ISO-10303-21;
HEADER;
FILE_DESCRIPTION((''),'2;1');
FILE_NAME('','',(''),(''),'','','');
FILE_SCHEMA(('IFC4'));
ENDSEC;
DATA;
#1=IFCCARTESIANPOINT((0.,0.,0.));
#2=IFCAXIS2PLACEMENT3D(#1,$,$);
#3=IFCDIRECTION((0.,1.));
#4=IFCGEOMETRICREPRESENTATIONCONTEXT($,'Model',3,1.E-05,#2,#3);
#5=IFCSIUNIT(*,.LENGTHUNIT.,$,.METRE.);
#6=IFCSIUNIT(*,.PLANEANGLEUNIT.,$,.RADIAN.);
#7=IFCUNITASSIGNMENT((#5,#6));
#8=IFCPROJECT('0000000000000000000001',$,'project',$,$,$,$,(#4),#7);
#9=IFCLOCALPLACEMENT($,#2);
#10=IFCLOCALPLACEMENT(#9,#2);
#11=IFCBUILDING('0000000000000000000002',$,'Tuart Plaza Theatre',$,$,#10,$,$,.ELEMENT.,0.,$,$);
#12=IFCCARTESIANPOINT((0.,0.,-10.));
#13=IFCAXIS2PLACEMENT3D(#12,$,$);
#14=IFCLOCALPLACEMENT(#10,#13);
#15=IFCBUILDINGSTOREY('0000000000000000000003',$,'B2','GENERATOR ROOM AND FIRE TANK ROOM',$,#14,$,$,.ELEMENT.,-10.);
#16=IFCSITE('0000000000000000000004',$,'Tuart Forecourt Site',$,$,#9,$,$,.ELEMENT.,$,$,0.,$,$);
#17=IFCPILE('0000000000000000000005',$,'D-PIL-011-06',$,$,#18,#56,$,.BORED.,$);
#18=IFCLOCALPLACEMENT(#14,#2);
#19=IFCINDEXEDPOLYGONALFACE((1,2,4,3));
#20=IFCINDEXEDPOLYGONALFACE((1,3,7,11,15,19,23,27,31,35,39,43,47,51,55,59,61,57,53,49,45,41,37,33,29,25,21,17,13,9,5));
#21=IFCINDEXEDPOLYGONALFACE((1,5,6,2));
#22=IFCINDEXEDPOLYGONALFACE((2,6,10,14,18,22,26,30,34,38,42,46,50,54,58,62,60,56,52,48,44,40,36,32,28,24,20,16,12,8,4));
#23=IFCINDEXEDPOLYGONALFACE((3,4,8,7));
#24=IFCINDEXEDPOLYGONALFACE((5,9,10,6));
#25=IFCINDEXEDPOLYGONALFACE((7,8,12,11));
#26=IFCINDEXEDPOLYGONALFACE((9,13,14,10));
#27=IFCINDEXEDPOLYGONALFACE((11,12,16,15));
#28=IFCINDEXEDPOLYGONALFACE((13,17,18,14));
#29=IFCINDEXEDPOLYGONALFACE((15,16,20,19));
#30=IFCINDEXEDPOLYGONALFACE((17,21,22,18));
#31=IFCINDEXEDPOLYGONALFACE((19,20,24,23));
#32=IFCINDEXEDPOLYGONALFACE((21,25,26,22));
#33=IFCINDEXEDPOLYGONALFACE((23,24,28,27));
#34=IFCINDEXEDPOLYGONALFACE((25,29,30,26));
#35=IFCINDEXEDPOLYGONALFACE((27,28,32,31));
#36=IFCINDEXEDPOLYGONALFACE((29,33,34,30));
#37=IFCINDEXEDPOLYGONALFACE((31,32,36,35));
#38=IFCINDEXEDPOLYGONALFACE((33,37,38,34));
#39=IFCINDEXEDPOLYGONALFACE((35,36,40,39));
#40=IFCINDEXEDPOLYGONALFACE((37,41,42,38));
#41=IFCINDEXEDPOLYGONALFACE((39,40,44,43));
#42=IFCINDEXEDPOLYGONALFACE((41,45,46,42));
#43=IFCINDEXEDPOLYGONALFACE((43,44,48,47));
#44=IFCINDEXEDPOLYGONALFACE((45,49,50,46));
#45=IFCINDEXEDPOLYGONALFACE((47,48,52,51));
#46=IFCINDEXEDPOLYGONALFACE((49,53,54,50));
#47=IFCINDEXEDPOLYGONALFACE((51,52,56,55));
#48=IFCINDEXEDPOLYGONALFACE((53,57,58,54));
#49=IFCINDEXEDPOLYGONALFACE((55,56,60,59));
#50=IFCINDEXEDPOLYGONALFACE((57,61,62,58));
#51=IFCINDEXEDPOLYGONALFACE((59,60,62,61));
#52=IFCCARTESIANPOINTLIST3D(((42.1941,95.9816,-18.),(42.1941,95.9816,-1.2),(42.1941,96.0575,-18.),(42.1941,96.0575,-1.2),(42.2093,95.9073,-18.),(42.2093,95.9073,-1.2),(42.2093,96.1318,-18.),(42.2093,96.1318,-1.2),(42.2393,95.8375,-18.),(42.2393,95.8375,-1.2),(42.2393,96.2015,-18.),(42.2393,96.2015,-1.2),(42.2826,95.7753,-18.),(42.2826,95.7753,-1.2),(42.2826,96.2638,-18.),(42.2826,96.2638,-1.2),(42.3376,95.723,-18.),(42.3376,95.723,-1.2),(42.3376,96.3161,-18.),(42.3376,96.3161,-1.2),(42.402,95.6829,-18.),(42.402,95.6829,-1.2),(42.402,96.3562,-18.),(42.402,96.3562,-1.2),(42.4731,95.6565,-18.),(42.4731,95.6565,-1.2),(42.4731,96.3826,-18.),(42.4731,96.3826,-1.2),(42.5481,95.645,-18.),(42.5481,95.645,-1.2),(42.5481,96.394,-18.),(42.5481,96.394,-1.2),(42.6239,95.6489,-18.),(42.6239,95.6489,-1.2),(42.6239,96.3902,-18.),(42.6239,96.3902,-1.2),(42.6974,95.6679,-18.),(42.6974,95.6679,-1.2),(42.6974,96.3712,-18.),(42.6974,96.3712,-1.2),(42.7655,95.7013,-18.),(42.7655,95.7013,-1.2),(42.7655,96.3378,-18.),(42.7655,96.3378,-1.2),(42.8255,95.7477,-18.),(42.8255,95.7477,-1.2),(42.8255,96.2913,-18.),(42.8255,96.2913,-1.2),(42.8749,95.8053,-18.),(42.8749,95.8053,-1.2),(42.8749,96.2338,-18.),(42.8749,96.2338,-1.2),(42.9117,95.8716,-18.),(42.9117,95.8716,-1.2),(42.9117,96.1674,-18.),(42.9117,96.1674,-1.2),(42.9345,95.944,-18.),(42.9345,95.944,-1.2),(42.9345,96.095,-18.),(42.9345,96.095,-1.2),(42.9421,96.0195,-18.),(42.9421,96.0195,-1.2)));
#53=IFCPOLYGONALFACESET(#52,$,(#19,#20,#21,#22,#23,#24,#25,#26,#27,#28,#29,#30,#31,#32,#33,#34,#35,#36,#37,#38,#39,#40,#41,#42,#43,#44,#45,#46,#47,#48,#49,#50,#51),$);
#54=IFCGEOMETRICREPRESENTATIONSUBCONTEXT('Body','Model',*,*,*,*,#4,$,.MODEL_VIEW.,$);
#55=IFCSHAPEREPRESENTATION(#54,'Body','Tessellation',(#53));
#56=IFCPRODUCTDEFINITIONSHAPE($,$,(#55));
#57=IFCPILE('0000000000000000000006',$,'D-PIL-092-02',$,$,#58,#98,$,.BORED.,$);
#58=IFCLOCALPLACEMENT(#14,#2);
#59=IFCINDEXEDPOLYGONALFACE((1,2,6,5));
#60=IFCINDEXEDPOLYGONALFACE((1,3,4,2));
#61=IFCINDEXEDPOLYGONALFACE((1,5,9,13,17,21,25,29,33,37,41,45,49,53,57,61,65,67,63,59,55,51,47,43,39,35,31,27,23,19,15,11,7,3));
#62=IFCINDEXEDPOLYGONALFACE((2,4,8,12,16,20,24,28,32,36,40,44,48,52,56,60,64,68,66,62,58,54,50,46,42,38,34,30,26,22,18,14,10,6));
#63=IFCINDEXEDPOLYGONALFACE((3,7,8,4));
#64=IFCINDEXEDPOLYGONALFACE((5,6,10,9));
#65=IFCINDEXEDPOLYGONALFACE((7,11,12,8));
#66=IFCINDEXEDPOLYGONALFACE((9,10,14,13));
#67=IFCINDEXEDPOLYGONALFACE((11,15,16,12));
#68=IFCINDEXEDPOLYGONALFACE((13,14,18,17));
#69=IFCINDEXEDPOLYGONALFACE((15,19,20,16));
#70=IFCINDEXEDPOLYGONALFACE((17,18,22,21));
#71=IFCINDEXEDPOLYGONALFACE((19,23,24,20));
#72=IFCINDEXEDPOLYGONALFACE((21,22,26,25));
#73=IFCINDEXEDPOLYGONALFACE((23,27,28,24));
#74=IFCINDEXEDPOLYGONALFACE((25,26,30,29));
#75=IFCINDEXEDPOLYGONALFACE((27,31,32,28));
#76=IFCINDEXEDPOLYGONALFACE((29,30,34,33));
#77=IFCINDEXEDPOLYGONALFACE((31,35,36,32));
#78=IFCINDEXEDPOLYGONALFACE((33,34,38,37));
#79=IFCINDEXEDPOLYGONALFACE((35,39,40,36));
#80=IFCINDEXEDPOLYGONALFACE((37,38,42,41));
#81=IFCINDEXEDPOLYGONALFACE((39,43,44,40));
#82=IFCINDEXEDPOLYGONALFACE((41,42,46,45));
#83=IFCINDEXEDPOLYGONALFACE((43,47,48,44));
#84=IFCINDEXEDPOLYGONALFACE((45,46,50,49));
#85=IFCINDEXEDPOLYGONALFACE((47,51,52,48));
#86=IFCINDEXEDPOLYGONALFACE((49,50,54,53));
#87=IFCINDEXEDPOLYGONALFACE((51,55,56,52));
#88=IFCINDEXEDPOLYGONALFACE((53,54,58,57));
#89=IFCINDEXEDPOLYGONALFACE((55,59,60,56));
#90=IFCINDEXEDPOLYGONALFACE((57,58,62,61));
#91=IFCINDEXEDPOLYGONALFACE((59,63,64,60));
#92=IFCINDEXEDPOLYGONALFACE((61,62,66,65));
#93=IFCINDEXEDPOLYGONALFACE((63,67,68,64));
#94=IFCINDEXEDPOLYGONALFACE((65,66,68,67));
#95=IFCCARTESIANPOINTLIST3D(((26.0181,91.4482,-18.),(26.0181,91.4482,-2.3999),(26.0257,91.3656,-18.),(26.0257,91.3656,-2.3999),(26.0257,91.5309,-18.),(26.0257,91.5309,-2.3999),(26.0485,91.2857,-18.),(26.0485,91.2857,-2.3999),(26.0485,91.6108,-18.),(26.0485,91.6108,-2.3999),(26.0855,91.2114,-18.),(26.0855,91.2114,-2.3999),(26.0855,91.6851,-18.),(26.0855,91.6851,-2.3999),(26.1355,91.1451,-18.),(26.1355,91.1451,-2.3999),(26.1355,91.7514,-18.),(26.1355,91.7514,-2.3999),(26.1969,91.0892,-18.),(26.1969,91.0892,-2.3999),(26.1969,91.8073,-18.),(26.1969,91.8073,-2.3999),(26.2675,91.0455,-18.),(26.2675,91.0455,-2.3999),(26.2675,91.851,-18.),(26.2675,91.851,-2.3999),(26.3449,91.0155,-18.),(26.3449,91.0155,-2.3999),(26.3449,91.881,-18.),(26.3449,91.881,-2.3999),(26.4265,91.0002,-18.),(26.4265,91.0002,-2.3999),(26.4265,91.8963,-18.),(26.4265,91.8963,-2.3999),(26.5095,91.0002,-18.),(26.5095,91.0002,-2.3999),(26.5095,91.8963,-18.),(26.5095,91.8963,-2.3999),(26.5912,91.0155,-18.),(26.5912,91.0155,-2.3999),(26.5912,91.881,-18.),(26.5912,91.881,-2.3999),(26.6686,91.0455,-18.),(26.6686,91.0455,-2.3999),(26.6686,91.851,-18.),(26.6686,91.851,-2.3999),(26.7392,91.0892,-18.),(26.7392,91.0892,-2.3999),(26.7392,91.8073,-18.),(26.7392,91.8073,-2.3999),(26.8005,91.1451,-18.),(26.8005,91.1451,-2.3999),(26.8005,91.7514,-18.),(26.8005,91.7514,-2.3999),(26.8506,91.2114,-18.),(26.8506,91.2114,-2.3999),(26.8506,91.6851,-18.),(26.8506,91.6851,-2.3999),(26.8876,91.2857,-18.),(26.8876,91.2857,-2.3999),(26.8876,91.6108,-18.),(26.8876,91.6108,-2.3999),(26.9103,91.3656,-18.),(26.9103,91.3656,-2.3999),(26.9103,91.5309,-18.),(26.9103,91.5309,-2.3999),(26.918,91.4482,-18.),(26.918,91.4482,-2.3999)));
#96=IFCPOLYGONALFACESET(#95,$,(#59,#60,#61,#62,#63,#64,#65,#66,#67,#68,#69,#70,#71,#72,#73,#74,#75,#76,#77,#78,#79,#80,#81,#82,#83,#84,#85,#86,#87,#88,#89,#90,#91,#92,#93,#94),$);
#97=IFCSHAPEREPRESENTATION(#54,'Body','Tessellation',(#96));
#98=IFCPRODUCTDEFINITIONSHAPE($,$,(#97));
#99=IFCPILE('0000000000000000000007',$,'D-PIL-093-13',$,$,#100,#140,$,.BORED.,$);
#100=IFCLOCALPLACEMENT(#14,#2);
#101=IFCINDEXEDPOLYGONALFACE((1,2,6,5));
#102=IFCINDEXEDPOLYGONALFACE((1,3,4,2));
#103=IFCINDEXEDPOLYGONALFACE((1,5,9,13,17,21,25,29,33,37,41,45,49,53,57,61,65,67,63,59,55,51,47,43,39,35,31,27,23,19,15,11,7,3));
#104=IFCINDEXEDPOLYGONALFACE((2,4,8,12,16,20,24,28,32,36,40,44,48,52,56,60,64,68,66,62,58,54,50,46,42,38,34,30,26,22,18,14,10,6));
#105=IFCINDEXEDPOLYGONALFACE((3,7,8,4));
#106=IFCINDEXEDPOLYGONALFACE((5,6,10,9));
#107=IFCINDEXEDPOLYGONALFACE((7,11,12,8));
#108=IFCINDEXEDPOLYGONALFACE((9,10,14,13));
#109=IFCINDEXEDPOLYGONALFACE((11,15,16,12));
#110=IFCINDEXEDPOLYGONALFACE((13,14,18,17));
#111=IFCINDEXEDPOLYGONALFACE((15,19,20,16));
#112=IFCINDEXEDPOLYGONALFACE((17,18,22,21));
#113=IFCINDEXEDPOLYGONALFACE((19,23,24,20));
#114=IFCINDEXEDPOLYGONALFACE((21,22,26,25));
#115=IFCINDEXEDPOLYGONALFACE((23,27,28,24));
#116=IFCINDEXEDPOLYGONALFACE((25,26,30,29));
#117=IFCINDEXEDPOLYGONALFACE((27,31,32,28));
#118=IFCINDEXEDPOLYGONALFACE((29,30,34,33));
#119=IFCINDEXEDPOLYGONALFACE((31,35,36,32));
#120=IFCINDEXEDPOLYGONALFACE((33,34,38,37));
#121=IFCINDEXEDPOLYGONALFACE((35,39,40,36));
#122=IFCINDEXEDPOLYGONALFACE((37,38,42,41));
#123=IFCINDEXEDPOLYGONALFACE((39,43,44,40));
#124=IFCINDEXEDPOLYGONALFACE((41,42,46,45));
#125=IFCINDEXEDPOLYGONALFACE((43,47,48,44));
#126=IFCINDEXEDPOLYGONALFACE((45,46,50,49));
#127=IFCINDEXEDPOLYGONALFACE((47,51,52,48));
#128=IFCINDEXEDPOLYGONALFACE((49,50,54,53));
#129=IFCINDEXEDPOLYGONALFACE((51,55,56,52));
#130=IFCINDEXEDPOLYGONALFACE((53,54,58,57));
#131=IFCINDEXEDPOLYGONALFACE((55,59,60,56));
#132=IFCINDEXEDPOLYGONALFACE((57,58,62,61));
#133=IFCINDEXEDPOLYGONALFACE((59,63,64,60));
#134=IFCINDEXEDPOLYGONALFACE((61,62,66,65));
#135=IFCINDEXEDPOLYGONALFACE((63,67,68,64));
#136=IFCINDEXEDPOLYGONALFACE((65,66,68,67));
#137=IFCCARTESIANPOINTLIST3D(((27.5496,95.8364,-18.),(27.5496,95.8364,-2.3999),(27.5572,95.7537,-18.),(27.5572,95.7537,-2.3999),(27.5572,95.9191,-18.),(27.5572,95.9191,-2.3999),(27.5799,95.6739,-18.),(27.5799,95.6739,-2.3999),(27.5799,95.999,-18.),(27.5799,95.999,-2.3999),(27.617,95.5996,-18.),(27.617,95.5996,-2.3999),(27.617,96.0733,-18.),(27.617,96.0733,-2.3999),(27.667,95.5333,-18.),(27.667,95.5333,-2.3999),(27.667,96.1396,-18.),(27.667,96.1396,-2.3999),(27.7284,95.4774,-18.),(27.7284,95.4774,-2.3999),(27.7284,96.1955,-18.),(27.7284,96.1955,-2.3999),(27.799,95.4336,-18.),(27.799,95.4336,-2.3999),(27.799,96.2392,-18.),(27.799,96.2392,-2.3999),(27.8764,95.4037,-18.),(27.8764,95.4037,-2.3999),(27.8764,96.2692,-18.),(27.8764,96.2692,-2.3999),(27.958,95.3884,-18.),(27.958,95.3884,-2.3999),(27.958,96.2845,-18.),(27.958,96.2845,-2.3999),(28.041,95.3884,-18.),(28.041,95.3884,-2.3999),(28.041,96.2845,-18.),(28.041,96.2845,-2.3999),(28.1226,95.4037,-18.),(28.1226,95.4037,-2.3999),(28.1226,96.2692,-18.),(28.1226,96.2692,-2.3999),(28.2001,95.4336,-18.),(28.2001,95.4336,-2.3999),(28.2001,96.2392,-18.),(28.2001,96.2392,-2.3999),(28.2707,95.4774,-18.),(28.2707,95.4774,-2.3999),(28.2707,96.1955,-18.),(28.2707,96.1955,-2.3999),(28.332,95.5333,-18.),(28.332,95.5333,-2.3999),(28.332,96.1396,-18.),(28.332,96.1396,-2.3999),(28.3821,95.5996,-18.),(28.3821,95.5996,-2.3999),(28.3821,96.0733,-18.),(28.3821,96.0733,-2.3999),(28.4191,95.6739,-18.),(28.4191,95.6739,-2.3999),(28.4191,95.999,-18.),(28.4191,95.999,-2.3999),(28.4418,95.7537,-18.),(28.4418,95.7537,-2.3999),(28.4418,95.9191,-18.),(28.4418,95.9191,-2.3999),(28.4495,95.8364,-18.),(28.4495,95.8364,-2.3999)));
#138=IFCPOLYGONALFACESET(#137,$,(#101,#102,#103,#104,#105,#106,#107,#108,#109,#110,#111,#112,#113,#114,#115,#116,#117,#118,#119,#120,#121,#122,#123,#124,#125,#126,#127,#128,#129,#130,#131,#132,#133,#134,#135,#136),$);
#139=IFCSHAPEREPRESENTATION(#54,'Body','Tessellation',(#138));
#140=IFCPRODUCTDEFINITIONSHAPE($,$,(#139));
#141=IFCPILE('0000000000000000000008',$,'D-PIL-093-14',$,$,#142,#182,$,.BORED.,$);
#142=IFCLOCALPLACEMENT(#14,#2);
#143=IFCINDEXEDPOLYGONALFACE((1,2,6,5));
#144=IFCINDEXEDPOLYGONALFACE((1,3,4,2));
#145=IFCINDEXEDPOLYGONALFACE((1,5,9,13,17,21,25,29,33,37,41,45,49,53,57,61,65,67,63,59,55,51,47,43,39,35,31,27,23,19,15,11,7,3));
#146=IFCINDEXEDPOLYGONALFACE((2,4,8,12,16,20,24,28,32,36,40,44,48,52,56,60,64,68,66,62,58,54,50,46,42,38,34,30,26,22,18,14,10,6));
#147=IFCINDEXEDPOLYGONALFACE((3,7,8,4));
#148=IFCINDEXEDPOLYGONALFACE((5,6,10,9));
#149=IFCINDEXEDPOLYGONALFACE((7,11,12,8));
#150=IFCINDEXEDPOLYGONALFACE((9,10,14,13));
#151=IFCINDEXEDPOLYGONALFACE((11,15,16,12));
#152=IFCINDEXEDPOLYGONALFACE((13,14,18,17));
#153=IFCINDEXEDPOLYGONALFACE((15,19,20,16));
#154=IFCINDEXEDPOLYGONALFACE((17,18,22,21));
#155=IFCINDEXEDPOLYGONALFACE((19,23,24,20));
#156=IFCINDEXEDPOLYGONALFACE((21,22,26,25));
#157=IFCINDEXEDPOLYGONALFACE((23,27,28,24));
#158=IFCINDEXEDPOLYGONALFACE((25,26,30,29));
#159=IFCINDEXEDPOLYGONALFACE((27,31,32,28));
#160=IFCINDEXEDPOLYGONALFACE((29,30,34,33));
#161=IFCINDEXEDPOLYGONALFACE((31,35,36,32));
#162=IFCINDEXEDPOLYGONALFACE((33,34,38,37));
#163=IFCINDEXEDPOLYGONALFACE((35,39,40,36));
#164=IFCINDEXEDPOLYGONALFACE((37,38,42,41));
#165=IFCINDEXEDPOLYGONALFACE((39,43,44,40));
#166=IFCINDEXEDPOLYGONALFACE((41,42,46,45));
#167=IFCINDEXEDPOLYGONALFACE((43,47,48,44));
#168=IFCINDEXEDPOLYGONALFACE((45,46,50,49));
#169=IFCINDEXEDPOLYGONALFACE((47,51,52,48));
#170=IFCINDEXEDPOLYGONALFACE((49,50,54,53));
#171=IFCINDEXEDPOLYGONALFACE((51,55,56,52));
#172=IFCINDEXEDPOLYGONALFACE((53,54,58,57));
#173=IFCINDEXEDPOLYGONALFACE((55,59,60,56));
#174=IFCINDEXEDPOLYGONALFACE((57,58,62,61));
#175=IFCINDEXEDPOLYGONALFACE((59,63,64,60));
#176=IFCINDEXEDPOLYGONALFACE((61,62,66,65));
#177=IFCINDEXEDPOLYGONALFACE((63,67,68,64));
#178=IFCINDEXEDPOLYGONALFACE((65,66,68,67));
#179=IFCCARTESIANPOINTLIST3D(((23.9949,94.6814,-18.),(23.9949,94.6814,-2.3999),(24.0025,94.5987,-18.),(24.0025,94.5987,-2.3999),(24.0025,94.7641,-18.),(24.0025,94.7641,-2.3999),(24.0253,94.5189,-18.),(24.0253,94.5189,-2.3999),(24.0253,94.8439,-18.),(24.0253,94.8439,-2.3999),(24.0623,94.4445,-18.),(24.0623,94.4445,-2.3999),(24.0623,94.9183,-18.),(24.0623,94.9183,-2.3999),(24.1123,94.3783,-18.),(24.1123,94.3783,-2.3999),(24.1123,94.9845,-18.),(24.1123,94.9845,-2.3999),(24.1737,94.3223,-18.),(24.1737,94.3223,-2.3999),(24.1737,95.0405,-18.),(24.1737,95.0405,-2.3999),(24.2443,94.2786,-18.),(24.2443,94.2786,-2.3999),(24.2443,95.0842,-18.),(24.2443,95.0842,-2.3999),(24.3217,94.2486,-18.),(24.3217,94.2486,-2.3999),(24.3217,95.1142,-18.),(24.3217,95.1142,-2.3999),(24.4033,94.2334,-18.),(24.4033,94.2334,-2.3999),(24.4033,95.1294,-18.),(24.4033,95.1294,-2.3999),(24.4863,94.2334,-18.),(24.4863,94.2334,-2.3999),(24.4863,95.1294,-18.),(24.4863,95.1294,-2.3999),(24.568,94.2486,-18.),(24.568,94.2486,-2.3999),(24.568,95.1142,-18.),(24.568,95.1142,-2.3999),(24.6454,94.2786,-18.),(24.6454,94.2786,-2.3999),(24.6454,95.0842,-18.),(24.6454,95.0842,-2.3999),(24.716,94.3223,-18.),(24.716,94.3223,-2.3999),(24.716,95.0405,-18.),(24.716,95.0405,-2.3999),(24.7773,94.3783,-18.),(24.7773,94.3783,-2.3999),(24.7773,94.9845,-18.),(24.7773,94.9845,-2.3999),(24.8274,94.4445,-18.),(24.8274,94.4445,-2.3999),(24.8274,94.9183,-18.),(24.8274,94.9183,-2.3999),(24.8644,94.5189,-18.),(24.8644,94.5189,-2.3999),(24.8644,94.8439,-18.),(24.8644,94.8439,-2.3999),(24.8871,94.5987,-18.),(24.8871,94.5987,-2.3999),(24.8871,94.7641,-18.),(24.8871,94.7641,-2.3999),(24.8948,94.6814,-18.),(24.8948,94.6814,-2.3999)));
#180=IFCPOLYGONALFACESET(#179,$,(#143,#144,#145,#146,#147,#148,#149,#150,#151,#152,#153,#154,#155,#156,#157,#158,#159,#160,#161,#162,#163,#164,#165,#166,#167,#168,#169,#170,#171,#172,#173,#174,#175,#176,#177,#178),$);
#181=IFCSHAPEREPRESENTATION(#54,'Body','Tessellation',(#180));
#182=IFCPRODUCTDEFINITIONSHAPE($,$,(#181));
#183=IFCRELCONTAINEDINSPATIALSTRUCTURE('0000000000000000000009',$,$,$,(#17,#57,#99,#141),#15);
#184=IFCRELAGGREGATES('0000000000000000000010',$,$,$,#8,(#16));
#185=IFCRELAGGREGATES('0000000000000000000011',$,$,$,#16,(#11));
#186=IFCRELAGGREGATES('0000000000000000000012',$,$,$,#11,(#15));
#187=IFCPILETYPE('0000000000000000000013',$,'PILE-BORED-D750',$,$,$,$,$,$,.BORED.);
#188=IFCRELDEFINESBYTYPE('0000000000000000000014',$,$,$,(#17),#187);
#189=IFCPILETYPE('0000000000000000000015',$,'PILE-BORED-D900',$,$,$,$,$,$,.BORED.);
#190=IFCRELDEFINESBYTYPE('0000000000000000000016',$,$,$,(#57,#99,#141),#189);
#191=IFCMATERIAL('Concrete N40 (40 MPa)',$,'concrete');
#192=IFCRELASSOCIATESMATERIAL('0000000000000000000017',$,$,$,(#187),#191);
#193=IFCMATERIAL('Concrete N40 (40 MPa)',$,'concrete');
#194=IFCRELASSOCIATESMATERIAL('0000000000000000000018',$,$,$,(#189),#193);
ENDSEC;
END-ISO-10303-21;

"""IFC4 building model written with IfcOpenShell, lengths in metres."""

from ifc_helpers import new_model, si_unit, direction, frame, origin, origin_2d, place, context, subcontext, project, spatial, circle, extrude, material, material_profile, profile_set, type_object, element, save


model = new_model("IFC4")

# Units and contexts
model_context = context("Model", 3, precision=1e-05, world=origin(), true_north=direction((0.0, 1.0)))
body_context = subcontext(model_context, "Body", "Model", "MODEL_VIEW")
ifc_project = project(units=[si_unit("LENGTHUNIT", "METRE"), si_unit("PLANEANGLEUNIT", "RADIAN")], contexts=[model_context])

# Site, building, storey
site_placement = place(None, origin())
site = spatial("IfcSite", under=ifc_project, at=site_placement, Name="Tuart Forecourt Site", CompositionType="ELEMENT", RefElevation=0.0)
building_placement = place(site_placement, origin())
building = spatial("IfcBuilding", under=site, at=building_placement, Name="Tuart Plaza Theatre", CompositionType="ELEMENT", ElevationOfRefHeight=0.0)
storey_placement = place(building_placement, frame((0.0, 0.0, -10.0)))
storey = spatial("IfcBuildingStorey", under=building, at=storey_placement, Name="B2", Description="GENERATOR ROOM AND FIRE TANK ROOM", CompositionType="ELEMENT", Elevation=-10.0)

# Piles
ifc_material_1 = material(Name="Concrete N40 (40 MPa)", Category="concrete")
ifc_material_profile_1 = material_profile(ifc_material_1, circle(Radius=0.375, at=origin_2d()), Name="PILE-BORED-D750")
ifc_profile_set_1 = profile_set([ifc_material_profile_1], Name="Concrete N40 (40 MPa)")
pile_type_1 = type_object("IfcPileType", Name="PILE-BORED-D750", PredefinedType="BORED", material=ifc_profile_set_1)
pile_1_placement = place(storey_placement, frame((42.5671, 96.0195, -1.2), z_axis=(0.0, 0.0, -1.0), x_axis=(1.0, 0.0, 0.0)))
element("IfcPile", 1, at=pile_1_placement, inside=storey, type_object=pile_type_1, Name="D-PIL-011-06", PredefinedType="BORED", context=body_context, shape_type="SweptSolid", body=[
    extrude(circle(Radius=0.375, at=origin_2d()), origin(), (0.0, 0.0, 1.0), 16.8),
])
ifc_material_2 = material(Name="Concrete N40 (40 MPa)", Category="concrete")
ifc_material_profile_2 = material_profile(ifc_material_2, circle(Radius=0.45, at=origin_2d()), Name="PILE-BORED-D900")
ifc_profile_set_2 = profile_set([ifc_material_profile_2], Name="Concrete N40 (40 MPa)")
pile_type_2 = type_object("IfcPileType", Name="PILE-BORED-D900", PredefinedType="BORED", material=ifc_profile_set_2)
for number, where, z_axis, x_axis, name in (
    (2, (26.468, 91.4482, -2.3999), (0.0, 0.0, -1.0), (1.0, 0.0, 0.0), "D-PIL-092-02"),
    (3, (27.9995, 95.8364, -2.3999), (0.0, 0.0, -1.0), (1.0, 0.0, 0.0), "D-PIL-093-13"),
    (4, (24.4448, 94.6814, -2.3999), (0.0, 0.0, -1.0), (1.0, 0.0, 0.0), "D-PIL-093-14"),
):
    element("IfcPile", number, at=place(storey_placement, frame(where, z_axis=z_axis, x_axis=x_axis)), inside=storey, type_object=pile_type_2, Name=name, PredefinedType="BORED", context=body_context, shape_type="SweptSolid", body=[
        extrude(circle(Radius=0.45, at=origin_2d()), origin(), (0.0, 0.0, 1.0), 15.6001),
    ])

save(model, "model.ifc")
